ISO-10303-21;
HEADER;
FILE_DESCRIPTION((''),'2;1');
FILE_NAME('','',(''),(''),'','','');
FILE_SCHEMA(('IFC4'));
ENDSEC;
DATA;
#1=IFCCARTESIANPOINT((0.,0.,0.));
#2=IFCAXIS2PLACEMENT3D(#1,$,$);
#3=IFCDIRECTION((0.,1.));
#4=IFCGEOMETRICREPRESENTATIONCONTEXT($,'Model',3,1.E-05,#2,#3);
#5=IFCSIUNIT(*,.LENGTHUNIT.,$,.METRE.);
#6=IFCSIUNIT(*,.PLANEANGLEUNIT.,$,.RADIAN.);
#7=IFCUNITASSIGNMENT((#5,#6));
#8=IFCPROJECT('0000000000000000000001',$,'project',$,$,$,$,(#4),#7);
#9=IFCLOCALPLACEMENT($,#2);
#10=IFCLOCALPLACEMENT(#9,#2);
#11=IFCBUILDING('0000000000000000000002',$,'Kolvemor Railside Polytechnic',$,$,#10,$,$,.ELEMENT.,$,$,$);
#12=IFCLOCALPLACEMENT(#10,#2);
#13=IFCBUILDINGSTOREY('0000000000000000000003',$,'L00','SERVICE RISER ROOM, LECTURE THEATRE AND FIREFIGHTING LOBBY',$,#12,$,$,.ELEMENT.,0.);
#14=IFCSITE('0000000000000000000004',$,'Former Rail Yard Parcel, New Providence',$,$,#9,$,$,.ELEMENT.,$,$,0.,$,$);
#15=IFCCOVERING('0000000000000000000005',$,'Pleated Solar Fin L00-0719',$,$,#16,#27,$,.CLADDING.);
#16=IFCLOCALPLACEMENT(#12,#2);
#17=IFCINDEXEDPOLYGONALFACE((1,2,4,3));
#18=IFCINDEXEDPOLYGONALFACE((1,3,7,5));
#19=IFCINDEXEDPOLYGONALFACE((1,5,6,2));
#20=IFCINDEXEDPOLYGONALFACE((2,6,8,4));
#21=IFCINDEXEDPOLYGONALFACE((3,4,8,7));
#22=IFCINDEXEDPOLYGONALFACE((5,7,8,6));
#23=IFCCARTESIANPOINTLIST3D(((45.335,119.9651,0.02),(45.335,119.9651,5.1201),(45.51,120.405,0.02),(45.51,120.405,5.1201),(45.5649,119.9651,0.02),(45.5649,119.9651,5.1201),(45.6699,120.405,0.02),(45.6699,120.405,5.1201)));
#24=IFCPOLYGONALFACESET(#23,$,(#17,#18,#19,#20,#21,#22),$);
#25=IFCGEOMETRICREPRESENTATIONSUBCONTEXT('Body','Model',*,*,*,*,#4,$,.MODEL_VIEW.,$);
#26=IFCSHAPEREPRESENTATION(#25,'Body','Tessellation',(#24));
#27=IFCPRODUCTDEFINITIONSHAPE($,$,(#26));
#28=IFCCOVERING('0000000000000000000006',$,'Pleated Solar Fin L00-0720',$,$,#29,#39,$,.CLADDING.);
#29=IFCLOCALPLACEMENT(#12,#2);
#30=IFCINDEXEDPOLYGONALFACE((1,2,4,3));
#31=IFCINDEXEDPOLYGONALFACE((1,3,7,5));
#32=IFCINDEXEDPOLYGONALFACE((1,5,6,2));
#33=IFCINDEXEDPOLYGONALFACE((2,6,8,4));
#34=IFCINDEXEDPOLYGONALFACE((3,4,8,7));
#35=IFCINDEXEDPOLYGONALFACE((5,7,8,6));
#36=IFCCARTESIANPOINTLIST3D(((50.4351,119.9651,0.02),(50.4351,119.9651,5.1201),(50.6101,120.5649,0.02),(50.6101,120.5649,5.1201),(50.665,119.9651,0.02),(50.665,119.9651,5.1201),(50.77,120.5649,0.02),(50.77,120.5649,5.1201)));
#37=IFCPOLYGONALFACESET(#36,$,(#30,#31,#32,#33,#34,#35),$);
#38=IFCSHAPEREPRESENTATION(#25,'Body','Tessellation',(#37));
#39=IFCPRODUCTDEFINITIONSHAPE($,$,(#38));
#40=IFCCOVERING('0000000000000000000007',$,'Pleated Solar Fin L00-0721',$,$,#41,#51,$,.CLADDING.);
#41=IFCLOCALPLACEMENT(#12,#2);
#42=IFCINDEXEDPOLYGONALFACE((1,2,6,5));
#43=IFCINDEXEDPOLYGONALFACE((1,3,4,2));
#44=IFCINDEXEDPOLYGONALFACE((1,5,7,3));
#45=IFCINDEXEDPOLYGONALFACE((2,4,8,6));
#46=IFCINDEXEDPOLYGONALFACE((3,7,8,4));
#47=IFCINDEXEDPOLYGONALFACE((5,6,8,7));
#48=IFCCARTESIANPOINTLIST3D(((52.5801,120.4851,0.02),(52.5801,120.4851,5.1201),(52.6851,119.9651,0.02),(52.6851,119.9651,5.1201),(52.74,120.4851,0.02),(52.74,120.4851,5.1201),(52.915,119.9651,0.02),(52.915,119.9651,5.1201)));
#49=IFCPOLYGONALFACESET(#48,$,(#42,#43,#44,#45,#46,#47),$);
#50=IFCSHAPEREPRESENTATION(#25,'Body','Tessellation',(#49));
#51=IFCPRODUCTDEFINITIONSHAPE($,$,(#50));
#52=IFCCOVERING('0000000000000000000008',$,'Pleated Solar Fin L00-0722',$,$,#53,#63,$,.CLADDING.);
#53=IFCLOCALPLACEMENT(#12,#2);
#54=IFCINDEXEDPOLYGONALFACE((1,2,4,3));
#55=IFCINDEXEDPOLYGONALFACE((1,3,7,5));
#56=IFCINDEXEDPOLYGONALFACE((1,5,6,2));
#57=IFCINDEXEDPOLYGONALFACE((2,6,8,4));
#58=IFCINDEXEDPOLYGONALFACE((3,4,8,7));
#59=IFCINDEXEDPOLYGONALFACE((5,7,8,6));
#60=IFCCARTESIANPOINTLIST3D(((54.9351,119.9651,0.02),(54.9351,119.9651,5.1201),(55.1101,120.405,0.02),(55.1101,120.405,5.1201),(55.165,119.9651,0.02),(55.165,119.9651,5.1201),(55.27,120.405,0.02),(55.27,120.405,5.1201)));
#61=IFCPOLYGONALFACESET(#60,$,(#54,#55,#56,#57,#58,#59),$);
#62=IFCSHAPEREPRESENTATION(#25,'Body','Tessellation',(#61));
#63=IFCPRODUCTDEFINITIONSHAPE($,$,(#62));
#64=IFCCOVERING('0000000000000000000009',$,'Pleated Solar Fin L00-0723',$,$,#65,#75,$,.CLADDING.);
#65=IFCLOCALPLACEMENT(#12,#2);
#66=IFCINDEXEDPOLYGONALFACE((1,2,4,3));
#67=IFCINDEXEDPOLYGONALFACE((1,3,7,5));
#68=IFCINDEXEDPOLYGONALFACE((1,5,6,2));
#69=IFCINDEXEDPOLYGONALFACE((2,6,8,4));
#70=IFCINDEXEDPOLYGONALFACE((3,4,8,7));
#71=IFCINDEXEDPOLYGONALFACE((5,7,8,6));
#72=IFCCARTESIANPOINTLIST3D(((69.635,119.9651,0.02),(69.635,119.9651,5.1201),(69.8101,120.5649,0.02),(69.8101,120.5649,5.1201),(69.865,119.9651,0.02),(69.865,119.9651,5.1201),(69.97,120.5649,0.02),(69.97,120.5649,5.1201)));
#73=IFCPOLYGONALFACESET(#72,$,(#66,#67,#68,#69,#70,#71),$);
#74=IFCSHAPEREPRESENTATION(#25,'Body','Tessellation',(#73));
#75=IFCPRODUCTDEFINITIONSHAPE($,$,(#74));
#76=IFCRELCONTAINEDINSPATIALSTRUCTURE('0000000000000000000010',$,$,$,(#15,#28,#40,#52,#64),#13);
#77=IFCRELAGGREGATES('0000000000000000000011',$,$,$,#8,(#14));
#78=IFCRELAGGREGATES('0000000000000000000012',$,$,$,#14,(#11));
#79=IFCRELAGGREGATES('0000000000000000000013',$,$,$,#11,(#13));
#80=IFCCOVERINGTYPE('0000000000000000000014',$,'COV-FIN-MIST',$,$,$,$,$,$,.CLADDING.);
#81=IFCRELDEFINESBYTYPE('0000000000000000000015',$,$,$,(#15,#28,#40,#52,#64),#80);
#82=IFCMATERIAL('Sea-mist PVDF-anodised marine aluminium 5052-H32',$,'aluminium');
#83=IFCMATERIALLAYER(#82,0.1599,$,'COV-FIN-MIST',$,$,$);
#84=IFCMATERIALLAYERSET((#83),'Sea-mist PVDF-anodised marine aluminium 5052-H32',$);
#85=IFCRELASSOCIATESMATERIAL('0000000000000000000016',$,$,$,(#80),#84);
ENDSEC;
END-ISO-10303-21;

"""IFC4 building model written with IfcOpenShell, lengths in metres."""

from ifc_helpers import new_model, si_unit, direction, frame, origin, place, context, subcontext, project, spatial, polyline, outline, extrude, material, layer, layer_set, type_object, element, save


model = new_model("IFC4")

# Units and contexts
model_context = context("Model", 3, precision=1e-05, world=origin(), true_north=direction((0.0, 1.0)))
body_context = subcontext(model_context, "Body", "Model", "MODEL_VIEW")
ifc_project = project(units=[si_unit("LENGTHUNIT", "METRE"), si_unit("PLANEANGLEUNIT", "RADIAN")], contexts=[model_context])

# Site, building, storey
site_placement = place(None, origin())
site = spatial("IfcSite", under=ifc_project, at=site_placement, Name="Former Rail Yard Parcel, New Providence", CompositionType="ELEMENT", RefElevation=0.0)
building_placement = place(site_placement, origin())
building = spatial("IfcBuilding", under=site, at=building_placement, Name="Kolvemor Railside Polytechnic", CompositionType="ELEMENT")
storey_placement = place(building_placement, origin())
storey = spatial("IfcBuildingStorey", under=building, at=storey_placement, Name="L00", Description="SERVICE RISER ROOM, LECTURE THEATRE AND FIREFIGHTING LOBBY", CompositionType="ELEMENT", Elevation=0.0)

# Coverings
ifc_material_1 = material(Name="Sea-mist PVDF-anodised marine aluminium 5052-H32", Category="aluminium")
ifc_layer_1 = layer(ifc_material_1, 0.1599, Name="COV-FIN-MIST")
ifc_layer_set_1 = layer_set([ifc_layer_1], Name="Sea-mist PVDF-anodised marine aluminium 5052-H32")
covering_type_1 = type_object("IfcCoveringType", Name="COV-FIN-MIST", PredefinedType="CLADDING", material=ifc_layer_set_1)
covering_1_placement = place(storey_placement, frame((0.0, 0.0, 0.02)))
element("IfcCovering", 1, at=covering_1_placement, inside=storey, type_object=covering_type_1, Name="Pleated Solar Fin L00-0719", PredefinedType="CLADDING", context=body_context, shape_type="SweptSolid", body=[
    extrude(outline(polyline([(45.335, 119.9651), (45.5649, 119.9651), (45.6699, 120.405), (45.51, 120.405), (45.335, 119.9651)])), origin(), (0.0, 0.0, 1.0), 5.1001),
])
covering_2_placement = place(storey_placement, frame((0.0, 0.0, 0.02)))
element("IfcCovering", 2, at=covering_2_placement, inside=storey, type_object=covering_type_1, Name="Pleated Solar Fin L00-0720", PredefinedType="CLADDING", context=body_context, shape_type="SweptSolid", body=[
    extrude(outline(polyline([(50.4351, 119.9651), (50.665, 119.9651), (50.77, 120.5649), (50.6101, 120.5649), (50.4351, 119.9651)])), origin(), (0.0, 0.0, 1.0), 5.1001),
])
covering_3_placement = place(storey_placement, frame((0.0, 0.0, 0.02)))
element("IfcCovering", 3, at=covering_3_placement, inside=storey, type_object=covering_type_1, Name="Pleated Solar Fin L00-0721", PredefinedType="CLADDING", context=body_context, shape_type="SweptSolid", body=[
    extrude(outline(polyline([(52.6851, 119.9651), (52.915, 119.9651), (52.74, 120.4851), (52.5801, 120.4851), (52.6851, 119.9651)])), origin(), (0.0, 0.0, 1.0), 5.1001),
])
covering_4_placement = place(storey_placement, frame((0.0, 0.0, 0.02)))
element("IfcCovering", 4, at=covering_4_placement, inside=storey, type_object=covering_type_1, Name="Pleated Solar Fin L00-0722", PredefinedType="CLADDING", context=body_context, shape_type="SweptSolid", body=[
    extrude(outline(polyline([(54.9351, 119.9651), (55.165, 119.9651), (55.27, 120.405), (55.1101, 120.405), (54.9351, 119.9651)])), origin(), (0.0, 0.0, 1.0), 5.1001),
])
covering_5_placement = place(storey_placement, frame((0.0, 0.0, 0.02)))
element("IfcCovering", 5, at=covering_5_placement, inside=storey, type_object=covering_type_1, Name="Pleated Solar Fin L00-0723", PredefinedType="CLADDING", context=body_context, shape_type="SweptSolid", body=[
    extrude(outline(polyline([(69.635, 119.9651), (69.865, 119.9651), (69.97, 120.5649), (69.8101, 120.5649), (69.635, 119.9651)])), origin(), (0.0, 0.0, 1.0), 5.1001),
])

save(model, "model.ifc")
